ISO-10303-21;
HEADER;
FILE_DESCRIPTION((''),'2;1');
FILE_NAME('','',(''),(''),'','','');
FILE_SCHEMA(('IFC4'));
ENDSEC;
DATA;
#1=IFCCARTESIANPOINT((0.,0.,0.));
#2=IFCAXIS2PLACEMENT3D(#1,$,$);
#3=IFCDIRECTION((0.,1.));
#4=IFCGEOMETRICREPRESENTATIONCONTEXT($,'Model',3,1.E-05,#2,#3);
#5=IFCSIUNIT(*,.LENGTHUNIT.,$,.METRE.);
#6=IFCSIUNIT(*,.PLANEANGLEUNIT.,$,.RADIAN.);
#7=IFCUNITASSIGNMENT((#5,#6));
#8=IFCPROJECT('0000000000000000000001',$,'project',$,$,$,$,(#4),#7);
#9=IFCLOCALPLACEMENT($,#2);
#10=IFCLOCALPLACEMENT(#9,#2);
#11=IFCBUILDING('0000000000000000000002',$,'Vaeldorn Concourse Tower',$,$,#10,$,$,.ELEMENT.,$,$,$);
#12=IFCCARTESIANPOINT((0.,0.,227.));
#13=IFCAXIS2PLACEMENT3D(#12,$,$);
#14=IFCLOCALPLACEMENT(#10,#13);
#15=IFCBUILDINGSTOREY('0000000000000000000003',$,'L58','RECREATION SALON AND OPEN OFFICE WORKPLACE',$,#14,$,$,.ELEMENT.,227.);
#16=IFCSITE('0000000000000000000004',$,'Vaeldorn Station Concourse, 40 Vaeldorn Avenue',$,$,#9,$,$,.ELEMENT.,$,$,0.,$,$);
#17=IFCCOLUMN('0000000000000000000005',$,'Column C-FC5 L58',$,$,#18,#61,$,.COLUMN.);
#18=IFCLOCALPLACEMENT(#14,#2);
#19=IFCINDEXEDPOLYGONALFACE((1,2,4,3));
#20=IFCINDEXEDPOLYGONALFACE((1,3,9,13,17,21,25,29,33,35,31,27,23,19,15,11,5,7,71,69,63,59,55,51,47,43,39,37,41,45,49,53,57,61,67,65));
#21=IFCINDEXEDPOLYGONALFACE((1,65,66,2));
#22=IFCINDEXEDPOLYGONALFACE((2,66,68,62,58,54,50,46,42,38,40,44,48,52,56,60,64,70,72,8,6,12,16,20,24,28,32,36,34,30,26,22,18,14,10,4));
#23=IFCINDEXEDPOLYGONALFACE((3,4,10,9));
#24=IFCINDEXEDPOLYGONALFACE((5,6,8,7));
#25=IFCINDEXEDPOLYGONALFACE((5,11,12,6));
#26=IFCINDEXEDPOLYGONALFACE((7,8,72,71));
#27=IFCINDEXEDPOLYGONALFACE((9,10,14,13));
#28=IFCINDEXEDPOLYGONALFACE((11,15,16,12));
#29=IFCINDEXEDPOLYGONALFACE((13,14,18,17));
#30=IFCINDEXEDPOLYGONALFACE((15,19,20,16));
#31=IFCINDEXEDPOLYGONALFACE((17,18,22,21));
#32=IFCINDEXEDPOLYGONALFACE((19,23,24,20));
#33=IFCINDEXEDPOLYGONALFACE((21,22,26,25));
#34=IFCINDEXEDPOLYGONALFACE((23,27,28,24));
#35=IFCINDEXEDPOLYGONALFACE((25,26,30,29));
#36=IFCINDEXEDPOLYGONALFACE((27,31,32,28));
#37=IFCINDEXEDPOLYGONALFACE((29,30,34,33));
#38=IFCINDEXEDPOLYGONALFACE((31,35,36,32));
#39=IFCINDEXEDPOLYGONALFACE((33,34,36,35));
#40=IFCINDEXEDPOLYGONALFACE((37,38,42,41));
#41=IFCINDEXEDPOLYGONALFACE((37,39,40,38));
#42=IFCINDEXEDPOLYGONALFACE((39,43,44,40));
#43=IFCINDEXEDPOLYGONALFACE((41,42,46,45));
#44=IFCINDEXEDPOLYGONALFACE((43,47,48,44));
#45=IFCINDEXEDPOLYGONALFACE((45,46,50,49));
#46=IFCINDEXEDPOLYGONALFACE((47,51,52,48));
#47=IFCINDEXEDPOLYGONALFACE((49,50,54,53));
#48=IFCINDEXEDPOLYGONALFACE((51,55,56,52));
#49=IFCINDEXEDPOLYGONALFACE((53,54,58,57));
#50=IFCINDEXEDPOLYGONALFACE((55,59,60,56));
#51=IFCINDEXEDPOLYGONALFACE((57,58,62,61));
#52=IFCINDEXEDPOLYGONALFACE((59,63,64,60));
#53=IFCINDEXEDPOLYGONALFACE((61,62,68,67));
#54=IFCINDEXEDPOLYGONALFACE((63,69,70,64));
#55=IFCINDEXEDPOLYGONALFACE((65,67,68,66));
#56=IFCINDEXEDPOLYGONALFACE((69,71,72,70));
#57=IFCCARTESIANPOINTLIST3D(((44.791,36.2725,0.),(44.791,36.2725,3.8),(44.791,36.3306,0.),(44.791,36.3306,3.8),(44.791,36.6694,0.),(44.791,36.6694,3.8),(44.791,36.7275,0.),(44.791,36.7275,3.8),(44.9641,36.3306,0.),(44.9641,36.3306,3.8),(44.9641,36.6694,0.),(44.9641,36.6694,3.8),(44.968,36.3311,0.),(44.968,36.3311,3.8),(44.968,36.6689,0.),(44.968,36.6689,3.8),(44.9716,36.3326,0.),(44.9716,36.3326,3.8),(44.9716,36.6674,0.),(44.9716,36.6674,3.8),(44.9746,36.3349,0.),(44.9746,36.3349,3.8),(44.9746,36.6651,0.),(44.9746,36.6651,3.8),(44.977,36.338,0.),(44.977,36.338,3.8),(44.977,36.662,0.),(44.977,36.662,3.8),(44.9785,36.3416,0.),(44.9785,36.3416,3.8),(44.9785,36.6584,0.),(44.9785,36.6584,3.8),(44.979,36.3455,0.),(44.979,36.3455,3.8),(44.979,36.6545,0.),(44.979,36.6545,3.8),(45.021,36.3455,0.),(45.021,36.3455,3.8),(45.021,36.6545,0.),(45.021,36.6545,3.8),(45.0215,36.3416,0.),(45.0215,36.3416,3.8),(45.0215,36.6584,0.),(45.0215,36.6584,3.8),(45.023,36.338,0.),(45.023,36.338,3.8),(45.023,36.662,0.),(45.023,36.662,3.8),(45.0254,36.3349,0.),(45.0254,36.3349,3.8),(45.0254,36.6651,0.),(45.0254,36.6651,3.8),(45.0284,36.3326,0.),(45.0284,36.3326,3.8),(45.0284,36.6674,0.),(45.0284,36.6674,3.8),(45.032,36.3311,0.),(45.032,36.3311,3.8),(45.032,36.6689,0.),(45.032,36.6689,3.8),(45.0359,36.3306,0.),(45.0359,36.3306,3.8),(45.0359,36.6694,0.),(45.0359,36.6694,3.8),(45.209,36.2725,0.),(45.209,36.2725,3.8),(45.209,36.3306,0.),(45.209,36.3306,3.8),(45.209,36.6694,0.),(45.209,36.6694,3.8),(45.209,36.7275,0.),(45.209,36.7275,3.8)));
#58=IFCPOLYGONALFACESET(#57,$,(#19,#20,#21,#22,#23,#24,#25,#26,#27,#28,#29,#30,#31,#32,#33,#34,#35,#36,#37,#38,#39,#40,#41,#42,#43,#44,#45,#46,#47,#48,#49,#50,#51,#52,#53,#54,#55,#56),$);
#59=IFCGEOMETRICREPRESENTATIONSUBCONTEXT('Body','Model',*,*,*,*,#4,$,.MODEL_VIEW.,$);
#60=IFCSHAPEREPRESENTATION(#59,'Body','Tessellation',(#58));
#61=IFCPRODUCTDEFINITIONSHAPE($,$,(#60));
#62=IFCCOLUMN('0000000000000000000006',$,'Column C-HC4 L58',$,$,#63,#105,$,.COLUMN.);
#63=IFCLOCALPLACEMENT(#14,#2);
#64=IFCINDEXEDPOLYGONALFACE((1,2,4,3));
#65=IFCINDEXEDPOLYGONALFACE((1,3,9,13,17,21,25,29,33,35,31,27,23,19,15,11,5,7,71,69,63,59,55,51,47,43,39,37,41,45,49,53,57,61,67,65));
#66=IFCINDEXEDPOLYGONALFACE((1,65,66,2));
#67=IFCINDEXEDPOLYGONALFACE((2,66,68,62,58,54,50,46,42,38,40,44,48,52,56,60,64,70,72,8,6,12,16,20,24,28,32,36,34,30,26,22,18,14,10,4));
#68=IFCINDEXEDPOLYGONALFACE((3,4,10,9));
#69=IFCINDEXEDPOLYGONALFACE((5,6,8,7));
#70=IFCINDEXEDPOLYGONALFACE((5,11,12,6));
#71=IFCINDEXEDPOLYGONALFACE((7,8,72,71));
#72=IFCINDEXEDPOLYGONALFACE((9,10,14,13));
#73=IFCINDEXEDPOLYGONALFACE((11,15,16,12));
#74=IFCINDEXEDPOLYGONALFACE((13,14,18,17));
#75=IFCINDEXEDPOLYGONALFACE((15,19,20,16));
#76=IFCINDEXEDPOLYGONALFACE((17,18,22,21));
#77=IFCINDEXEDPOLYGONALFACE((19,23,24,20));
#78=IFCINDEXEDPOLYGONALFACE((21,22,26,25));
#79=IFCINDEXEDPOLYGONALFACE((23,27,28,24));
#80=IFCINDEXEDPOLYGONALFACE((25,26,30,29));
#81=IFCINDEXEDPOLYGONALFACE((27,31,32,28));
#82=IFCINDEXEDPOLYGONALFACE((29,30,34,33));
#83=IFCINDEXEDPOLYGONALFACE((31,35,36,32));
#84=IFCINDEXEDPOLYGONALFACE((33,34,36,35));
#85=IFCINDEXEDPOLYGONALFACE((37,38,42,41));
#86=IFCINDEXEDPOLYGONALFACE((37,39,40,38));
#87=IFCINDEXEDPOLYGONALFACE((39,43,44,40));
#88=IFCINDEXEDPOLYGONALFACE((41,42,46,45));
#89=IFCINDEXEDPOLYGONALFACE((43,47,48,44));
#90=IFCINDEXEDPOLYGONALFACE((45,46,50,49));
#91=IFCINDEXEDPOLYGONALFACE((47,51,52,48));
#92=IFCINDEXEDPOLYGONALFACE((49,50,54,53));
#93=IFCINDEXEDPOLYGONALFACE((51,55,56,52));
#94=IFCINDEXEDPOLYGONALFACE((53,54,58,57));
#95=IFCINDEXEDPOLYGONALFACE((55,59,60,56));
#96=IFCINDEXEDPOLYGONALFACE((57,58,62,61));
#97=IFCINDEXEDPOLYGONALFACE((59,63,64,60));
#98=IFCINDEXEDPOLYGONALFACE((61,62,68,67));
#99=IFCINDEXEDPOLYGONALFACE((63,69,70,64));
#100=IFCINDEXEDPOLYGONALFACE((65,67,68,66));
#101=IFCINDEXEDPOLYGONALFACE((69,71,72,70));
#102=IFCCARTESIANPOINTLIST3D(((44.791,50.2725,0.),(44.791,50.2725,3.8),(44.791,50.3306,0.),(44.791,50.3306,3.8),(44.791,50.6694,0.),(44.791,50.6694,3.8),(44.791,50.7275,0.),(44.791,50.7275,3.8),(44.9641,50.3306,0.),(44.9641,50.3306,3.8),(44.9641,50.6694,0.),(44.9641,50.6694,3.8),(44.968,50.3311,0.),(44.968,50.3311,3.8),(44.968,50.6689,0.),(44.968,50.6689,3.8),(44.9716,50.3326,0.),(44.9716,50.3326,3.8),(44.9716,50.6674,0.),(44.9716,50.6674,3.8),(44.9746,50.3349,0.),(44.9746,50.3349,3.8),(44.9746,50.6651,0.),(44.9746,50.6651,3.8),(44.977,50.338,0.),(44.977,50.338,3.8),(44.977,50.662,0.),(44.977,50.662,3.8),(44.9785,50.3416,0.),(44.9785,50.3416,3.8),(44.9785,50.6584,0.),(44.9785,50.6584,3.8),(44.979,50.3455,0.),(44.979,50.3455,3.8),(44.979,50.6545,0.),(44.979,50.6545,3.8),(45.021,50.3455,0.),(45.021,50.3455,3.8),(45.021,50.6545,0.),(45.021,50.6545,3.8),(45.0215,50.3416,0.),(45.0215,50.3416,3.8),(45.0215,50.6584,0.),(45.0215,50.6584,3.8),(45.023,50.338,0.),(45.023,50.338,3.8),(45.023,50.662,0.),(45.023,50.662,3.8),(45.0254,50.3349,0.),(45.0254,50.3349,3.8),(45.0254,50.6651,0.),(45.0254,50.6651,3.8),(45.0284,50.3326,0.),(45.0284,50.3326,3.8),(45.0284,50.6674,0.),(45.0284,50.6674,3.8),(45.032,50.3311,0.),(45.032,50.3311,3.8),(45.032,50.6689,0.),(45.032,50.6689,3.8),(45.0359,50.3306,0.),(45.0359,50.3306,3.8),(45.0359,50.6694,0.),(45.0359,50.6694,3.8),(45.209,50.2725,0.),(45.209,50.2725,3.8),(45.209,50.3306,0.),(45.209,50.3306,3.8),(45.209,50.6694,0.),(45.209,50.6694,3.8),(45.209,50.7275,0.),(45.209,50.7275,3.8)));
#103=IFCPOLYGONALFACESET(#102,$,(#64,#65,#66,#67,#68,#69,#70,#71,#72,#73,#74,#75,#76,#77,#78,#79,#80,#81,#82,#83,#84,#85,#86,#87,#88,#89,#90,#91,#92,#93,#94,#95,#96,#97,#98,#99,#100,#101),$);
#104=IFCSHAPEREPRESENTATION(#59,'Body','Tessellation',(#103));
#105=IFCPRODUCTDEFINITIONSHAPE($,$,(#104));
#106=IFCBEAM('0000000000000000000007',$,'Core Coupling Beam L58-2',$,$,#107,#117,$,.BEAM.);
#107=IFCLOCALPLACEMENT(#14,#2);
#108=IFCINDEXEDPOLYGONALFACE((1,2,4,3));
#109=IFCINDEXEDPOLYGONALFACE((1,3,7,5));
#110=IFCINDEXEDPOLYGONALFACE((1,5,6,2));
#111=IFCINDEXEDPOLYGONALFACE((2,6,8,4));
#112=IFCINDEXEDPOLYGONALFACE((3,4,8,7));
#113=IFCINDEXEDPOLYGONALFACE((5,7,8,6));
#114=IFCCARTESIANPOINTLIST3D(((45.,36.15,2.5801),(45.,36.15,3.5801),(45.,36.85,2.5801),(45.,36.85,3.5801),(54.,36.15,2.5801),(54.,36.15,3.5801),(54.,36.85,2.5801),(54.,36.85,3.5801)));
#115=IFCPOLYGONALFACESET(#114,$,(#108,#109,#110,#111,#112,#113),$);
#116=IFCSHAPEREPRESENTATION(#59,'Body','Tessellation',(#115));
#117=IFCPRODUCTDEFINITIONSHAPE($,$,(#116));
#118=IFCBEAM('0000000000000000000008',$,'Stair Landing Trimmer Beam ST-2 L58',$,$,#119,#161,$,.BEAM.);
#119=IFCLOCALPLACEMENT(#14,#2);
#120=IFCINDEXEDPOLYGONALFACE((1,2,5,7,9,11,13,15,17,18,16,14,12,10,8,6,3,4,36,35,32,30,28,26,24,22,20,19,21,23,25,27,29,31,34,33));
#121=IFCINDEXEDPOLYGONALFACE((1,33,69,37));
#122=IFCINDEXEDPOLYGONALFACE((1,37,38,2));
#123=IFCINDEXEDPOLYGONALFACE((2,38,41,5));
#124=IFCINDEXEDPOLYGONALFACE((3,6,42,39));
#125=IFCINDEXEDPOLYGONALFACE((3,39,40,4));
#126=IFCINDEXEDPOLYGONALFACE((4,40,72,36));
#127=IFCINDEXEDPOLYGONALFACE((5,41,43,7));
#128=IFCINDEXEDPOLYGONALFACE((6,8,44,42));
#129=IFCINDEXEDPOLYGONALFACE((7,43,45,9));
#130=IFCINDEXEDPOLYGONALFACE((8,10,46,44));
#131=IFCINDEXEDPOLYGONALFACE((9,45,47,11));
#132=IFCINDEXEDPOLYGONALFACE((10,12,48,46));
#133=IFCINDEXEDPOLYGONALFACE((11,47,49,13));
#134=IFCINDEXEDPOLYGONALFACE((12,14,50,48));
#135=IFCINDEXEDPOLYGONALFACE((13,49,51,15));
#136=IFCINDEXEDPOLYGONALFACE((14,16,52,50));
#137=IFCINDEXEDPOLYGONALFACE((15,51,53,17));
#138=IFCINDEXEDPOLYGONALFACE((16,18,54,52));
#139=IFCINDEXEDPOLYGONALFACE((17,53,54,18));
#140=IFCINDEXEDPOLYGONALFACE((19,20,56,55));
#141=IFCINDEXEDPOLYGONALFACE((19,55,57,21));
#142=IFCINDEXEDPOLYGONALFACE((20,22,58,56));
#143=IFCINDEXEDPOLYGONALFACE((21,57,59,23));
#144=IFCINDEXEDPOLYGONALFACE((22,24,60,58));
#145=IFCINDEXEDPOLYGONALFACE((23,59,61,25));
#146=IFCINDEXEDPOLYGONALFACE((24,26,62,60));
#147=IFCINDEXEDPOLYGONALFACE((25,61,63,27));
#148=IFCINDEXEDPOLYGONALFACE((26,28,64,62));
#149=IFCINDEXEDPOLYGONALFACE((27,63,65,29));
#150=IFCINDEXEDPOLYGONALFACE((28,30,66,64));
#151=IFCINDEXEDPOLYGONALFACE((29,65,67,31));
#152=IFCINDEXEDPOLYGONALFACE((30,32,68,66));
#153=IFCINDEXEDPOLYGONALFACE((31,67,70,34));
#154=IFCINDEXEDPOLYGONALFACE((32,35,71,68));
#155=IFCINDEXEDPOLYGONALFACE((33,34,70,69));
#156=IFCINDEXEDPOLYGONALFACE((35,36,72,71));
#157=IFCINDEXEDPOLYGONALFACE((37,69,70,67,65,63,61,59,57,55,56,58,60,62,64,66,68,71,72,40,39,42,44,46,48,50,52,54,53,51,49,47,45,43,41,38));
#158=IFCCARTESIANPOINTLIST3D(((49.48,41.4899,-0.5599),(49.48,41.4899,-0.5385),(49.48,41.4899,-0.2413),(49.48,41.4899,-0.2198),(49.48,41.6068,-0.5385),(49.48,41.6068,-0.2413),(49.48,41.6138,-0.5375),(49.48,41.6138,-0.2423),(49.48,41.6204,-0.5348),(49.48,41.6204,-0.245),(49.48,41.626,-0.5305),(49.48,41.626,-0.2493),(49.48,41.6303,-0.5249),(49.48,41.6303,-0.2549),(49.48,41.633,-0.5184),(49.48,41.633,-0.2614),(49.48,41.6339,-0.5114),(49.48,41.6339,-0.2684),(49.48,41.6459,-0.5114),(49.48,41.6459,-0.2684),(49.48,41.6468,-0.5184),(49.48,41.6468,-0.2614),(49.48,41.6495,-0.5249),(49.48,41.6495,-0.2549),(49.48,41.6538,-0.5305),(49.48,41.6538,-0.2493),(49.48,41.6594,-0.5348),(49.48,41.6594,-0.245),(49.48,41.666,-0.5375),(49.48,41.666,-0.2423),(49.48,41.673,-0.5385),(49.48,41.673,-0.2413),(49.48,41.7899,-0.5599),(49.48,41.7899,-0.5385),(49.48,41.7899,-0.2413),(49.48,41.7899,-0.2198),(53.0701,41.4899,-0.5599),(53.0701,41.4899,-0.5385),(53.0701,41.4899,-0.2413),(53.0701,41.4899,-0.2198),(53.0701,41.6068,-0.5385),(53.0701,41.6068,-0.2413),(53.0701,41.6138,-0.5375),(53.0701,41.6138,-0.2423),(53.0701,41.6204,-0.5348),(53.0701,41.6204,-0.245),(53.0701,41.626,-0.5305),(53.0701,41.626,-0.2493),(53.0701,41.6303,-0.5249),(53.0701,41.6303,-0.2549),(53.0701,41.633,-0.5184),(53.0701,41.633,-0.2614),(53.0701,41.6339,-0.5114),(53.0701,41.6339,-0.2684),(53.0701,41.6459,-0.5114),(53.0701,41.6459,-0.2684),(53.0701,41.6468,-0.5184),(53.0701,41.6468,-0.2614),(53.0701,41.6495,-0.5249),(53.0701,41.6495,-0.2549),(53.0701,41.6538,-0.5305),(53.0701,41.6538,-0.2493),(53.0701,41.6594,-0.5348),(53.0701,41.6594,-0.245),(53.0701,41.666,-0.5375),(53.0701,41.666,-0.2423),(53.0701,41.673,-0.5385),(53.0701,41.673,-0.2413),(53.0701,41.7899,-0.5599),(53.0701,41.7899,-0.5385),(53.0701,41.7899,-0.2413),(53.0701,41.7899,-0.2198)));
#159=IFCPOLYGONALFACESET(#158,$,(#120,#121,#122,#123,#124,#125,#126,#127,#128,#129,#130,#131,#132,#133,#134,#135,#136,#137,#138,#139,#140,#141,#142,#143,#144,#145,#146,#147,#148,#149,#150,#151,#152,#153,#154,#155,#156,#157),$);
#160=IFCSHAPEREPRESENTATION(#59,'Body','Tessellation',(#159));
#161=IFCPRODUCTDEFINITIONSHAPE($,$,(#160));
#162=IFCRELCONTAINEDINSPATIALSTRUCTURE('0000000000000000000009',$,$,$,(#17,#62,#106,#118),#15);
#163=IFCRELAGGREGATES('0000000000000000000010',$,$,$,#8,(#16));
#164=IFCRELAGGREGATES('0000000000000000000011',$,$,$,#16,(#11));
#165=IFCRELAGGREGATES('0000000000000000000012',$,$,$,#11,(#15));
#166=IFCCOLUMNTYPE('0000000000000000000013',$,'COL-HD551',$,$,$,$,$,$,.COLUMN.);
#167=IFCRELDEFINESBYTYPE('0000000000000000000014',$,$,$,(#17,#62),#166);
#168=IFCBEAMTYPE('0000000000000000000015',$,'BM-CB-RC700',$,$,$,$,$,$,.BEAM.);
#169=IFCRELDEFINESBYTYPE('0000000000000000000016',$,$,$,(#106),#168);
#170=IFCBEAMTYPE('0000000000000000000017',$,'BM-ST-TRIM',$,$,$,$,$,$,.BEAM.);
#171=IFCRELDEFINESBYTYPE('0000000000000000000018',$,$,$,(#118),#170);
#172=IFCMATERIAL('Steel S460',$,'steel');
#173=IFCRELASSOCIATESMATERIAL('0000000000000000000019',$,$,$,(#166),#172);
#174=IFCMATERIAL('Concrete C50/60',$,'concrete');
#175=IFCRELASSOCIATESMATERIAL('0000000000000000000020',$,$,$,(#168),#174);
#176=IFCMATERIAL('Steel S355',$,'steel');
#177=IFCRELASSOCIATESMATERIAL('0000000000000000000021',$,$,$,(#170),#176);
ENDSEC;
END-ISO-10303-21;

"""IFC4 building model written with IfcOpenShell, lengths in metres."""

from ifc_helpers import new_model, si_unit, direction, frame, origin, origin_2d, place, context, subcontext, project, spatial, rectangle, i_section, extrude, source, transform, mapped, material, material_profile, profile_set, type_object, element, save


model = new_model("IFC4")

# Units and contexts
model_context = context("Model", 3, precision=1e-05, world=origin(), true_north=direction((0.0, 1.0)))
body_context = subcontext(model_context, "Body", "Model", "MODEL_VIEW")
ifc_project = project(units=[si_unit("LENGTHUNIT", "METRE"), si_unit("PLANEANGLEUNIT", "RADIAN")], contexts=[model_context])

# Site, building, storey
site_placement = place(None, origin())
site = spatial("IfcSite", under=ifc_project, at=site_placement, Name="Vaeldorn Station Concourse, 40 Vaeldorn Avenue", CompositionType="ELEMENT", RefElevation=0.0)
building_placement = place(site_placement, origin())
building = spatial("IfcBuilding", under=site, at=building_placement, Name="Vaeldorn Concourse Tower", CompositionType="ELEMENT")
storey_placement = place(building_placement, frame((0.0, 0.0, 227.0)))
storey = spatial("IfcBuildingStorey", under=building, at=storey_placement, Name="L58", Description="RECREATION SALON AND OPEN OFFICE WORKPLACE", CompositionType="ELEMENT", Elevation=227.0)

# Columns
ifc_material_1 = material(Name="Steel S460", Category="steel")
ifc_material_profile_1 = material_profile(ifc_material_1, i_section(OverallWidth=0.418, OverallDepth=0.4551, WebThickness=0.042, FlangeThickness=0.0581, FilletRadius=0.0149, at=origin_2d()), Name="HD 400x551")
ifc_profile_set_1 = profile_set([ifc_material_profile_1], Name="Steel S460")
column_type = type_object("IfcColumnType", Name="COL-HD551", PredefinedType="COLUMN", material=ifc_profile_set_1)
shared_shape_1 = source(origin(), body_context, "Body", "SweptSolid", [
    extrude(i_section(OverallWidth=0.418, OverallDepth=0.4551, WebThickness=0.042, FlangeThickness=0.0581, FilletRadius=0.0149, at=origin_2d()), origin(), (0.0, 0.0, 1.0), 3.8),
])
for number, where, z_axis, x_axis, name in (
    (1, (45.0, 36.5, 0.0), (0.0, 0.0, 1.0), (1.0, 0.0, 0.0), "Column C-FC5 L58"),
    (2, (45.0, 50.5, 0.0), (0.0, 0.0, 1.0), (1.0, 0.0, 0.0), "Column C-HC4 L58"),
):
    element("IfcColumn", number, at=place(storey_placement, frame(where, z_axis=z_axis, x_axis=x_axis)), inside=storey, type_object=column_type, Name=name, PredefinedType="COLUMN", context=body_context, shape_type="MappedRepresentation", body=[
        mapped(shared_shape_1, transform((0.0, 0.0, 0.0), scale=1.0)),
    ])

# Beams
ifc_material_2 = material(Name="Concrete C50/60", Category="concrete")
ifc_material_profile_2 = material_profile(ifc_material_2, rectangle(XDim=0.7, YDim=1.0, at=origin_2d()), Name="RC 700x1000")
ifc_profile_set_2 = profile_set([ifc_material_profile_2], Name="Concrete C50/60")
beam_type_1 = type_object("IfcBeamType", Name="BM-CB-RC700", PredefinedType="BEAM", material=ifc_profile_set_2)
shared_shape_2 = source(origin(), body_context, "Body", "SweptSolid", [
    extrude(rectangle(XDim=0.7, YDim=1.0, at=origin_2d()), origin(), (0.0, 0.0, 1.0), 9.0),
])
beam_1_placement = place(storey_placement, frame((45.0, 36.5, 3.0801), z_axis=(1.0, 0.0, 0.0), x_axis=(0.0, 1.0, 0.0)))
element("IfcBeam", 3, at=beam_1_placement, inside=storey, type_object=beam_type_1, Name="Core Coupling Beam L58-2", PredefinedType="BEAM", context=body_context, shape_type="MappedRepresentation", body=[
    mapped(shared_shape_2, transform((0.0, 0.0, 0.0), scale=1.0)),
])
ifc_material_3 = material(Name="Steel S355", Category="steel")
ifc_material_profile_3 = material_profile(ifc_material_3, i_section(OverallWidth=0.3, OverallDepth=0.3401, WebThickness=0.012, FlangeThickness=0.0215, FilletRadius=0.0271, at=origin_2d()), Name="HEB 340")
ifc_profile_set_3 = profile_set([ifc_material_profile_3], Name="Steel S355")
beam_type_2 = type_object("IfcBeamType", Name="BM-ST-TRIM", PredefinedType="BEAM", material=ifc_profile_set_3)
shared_shape_3 = source(origin(), body_context, "Body", "SweptSolid", [
    extrude(i_section(OverallWidth=0.3, OverallDepth=0.3401, WebThickness=0.012, FlangeThickness=0.0215, FilletRadius=0.0271, at=origin_2d()), origin(), (0.0, 0.0, 1.0), 3.5901),
])
beam_2_placement = place(storey_placement, frame((49.48, 41.6399, -0.3899), z_axis=(1.0, 0.0, 0.0), x_axis=(0.0, 1.0, 0.0)))
element("IfcBeam", 4, at=beam_2_placement, inside=storey, type_object=beam_type_2, Name="Stair Landing Trimmer Beam ST-2 L58", PredefinedType="BEAM", context=body_context, shape_type="MappedRepresentation", body=[
    mapped(shared_shape_3, transform((0.0, 0.0, 0.0), scale=1.0)),
])

save(model, "model.ifc")
